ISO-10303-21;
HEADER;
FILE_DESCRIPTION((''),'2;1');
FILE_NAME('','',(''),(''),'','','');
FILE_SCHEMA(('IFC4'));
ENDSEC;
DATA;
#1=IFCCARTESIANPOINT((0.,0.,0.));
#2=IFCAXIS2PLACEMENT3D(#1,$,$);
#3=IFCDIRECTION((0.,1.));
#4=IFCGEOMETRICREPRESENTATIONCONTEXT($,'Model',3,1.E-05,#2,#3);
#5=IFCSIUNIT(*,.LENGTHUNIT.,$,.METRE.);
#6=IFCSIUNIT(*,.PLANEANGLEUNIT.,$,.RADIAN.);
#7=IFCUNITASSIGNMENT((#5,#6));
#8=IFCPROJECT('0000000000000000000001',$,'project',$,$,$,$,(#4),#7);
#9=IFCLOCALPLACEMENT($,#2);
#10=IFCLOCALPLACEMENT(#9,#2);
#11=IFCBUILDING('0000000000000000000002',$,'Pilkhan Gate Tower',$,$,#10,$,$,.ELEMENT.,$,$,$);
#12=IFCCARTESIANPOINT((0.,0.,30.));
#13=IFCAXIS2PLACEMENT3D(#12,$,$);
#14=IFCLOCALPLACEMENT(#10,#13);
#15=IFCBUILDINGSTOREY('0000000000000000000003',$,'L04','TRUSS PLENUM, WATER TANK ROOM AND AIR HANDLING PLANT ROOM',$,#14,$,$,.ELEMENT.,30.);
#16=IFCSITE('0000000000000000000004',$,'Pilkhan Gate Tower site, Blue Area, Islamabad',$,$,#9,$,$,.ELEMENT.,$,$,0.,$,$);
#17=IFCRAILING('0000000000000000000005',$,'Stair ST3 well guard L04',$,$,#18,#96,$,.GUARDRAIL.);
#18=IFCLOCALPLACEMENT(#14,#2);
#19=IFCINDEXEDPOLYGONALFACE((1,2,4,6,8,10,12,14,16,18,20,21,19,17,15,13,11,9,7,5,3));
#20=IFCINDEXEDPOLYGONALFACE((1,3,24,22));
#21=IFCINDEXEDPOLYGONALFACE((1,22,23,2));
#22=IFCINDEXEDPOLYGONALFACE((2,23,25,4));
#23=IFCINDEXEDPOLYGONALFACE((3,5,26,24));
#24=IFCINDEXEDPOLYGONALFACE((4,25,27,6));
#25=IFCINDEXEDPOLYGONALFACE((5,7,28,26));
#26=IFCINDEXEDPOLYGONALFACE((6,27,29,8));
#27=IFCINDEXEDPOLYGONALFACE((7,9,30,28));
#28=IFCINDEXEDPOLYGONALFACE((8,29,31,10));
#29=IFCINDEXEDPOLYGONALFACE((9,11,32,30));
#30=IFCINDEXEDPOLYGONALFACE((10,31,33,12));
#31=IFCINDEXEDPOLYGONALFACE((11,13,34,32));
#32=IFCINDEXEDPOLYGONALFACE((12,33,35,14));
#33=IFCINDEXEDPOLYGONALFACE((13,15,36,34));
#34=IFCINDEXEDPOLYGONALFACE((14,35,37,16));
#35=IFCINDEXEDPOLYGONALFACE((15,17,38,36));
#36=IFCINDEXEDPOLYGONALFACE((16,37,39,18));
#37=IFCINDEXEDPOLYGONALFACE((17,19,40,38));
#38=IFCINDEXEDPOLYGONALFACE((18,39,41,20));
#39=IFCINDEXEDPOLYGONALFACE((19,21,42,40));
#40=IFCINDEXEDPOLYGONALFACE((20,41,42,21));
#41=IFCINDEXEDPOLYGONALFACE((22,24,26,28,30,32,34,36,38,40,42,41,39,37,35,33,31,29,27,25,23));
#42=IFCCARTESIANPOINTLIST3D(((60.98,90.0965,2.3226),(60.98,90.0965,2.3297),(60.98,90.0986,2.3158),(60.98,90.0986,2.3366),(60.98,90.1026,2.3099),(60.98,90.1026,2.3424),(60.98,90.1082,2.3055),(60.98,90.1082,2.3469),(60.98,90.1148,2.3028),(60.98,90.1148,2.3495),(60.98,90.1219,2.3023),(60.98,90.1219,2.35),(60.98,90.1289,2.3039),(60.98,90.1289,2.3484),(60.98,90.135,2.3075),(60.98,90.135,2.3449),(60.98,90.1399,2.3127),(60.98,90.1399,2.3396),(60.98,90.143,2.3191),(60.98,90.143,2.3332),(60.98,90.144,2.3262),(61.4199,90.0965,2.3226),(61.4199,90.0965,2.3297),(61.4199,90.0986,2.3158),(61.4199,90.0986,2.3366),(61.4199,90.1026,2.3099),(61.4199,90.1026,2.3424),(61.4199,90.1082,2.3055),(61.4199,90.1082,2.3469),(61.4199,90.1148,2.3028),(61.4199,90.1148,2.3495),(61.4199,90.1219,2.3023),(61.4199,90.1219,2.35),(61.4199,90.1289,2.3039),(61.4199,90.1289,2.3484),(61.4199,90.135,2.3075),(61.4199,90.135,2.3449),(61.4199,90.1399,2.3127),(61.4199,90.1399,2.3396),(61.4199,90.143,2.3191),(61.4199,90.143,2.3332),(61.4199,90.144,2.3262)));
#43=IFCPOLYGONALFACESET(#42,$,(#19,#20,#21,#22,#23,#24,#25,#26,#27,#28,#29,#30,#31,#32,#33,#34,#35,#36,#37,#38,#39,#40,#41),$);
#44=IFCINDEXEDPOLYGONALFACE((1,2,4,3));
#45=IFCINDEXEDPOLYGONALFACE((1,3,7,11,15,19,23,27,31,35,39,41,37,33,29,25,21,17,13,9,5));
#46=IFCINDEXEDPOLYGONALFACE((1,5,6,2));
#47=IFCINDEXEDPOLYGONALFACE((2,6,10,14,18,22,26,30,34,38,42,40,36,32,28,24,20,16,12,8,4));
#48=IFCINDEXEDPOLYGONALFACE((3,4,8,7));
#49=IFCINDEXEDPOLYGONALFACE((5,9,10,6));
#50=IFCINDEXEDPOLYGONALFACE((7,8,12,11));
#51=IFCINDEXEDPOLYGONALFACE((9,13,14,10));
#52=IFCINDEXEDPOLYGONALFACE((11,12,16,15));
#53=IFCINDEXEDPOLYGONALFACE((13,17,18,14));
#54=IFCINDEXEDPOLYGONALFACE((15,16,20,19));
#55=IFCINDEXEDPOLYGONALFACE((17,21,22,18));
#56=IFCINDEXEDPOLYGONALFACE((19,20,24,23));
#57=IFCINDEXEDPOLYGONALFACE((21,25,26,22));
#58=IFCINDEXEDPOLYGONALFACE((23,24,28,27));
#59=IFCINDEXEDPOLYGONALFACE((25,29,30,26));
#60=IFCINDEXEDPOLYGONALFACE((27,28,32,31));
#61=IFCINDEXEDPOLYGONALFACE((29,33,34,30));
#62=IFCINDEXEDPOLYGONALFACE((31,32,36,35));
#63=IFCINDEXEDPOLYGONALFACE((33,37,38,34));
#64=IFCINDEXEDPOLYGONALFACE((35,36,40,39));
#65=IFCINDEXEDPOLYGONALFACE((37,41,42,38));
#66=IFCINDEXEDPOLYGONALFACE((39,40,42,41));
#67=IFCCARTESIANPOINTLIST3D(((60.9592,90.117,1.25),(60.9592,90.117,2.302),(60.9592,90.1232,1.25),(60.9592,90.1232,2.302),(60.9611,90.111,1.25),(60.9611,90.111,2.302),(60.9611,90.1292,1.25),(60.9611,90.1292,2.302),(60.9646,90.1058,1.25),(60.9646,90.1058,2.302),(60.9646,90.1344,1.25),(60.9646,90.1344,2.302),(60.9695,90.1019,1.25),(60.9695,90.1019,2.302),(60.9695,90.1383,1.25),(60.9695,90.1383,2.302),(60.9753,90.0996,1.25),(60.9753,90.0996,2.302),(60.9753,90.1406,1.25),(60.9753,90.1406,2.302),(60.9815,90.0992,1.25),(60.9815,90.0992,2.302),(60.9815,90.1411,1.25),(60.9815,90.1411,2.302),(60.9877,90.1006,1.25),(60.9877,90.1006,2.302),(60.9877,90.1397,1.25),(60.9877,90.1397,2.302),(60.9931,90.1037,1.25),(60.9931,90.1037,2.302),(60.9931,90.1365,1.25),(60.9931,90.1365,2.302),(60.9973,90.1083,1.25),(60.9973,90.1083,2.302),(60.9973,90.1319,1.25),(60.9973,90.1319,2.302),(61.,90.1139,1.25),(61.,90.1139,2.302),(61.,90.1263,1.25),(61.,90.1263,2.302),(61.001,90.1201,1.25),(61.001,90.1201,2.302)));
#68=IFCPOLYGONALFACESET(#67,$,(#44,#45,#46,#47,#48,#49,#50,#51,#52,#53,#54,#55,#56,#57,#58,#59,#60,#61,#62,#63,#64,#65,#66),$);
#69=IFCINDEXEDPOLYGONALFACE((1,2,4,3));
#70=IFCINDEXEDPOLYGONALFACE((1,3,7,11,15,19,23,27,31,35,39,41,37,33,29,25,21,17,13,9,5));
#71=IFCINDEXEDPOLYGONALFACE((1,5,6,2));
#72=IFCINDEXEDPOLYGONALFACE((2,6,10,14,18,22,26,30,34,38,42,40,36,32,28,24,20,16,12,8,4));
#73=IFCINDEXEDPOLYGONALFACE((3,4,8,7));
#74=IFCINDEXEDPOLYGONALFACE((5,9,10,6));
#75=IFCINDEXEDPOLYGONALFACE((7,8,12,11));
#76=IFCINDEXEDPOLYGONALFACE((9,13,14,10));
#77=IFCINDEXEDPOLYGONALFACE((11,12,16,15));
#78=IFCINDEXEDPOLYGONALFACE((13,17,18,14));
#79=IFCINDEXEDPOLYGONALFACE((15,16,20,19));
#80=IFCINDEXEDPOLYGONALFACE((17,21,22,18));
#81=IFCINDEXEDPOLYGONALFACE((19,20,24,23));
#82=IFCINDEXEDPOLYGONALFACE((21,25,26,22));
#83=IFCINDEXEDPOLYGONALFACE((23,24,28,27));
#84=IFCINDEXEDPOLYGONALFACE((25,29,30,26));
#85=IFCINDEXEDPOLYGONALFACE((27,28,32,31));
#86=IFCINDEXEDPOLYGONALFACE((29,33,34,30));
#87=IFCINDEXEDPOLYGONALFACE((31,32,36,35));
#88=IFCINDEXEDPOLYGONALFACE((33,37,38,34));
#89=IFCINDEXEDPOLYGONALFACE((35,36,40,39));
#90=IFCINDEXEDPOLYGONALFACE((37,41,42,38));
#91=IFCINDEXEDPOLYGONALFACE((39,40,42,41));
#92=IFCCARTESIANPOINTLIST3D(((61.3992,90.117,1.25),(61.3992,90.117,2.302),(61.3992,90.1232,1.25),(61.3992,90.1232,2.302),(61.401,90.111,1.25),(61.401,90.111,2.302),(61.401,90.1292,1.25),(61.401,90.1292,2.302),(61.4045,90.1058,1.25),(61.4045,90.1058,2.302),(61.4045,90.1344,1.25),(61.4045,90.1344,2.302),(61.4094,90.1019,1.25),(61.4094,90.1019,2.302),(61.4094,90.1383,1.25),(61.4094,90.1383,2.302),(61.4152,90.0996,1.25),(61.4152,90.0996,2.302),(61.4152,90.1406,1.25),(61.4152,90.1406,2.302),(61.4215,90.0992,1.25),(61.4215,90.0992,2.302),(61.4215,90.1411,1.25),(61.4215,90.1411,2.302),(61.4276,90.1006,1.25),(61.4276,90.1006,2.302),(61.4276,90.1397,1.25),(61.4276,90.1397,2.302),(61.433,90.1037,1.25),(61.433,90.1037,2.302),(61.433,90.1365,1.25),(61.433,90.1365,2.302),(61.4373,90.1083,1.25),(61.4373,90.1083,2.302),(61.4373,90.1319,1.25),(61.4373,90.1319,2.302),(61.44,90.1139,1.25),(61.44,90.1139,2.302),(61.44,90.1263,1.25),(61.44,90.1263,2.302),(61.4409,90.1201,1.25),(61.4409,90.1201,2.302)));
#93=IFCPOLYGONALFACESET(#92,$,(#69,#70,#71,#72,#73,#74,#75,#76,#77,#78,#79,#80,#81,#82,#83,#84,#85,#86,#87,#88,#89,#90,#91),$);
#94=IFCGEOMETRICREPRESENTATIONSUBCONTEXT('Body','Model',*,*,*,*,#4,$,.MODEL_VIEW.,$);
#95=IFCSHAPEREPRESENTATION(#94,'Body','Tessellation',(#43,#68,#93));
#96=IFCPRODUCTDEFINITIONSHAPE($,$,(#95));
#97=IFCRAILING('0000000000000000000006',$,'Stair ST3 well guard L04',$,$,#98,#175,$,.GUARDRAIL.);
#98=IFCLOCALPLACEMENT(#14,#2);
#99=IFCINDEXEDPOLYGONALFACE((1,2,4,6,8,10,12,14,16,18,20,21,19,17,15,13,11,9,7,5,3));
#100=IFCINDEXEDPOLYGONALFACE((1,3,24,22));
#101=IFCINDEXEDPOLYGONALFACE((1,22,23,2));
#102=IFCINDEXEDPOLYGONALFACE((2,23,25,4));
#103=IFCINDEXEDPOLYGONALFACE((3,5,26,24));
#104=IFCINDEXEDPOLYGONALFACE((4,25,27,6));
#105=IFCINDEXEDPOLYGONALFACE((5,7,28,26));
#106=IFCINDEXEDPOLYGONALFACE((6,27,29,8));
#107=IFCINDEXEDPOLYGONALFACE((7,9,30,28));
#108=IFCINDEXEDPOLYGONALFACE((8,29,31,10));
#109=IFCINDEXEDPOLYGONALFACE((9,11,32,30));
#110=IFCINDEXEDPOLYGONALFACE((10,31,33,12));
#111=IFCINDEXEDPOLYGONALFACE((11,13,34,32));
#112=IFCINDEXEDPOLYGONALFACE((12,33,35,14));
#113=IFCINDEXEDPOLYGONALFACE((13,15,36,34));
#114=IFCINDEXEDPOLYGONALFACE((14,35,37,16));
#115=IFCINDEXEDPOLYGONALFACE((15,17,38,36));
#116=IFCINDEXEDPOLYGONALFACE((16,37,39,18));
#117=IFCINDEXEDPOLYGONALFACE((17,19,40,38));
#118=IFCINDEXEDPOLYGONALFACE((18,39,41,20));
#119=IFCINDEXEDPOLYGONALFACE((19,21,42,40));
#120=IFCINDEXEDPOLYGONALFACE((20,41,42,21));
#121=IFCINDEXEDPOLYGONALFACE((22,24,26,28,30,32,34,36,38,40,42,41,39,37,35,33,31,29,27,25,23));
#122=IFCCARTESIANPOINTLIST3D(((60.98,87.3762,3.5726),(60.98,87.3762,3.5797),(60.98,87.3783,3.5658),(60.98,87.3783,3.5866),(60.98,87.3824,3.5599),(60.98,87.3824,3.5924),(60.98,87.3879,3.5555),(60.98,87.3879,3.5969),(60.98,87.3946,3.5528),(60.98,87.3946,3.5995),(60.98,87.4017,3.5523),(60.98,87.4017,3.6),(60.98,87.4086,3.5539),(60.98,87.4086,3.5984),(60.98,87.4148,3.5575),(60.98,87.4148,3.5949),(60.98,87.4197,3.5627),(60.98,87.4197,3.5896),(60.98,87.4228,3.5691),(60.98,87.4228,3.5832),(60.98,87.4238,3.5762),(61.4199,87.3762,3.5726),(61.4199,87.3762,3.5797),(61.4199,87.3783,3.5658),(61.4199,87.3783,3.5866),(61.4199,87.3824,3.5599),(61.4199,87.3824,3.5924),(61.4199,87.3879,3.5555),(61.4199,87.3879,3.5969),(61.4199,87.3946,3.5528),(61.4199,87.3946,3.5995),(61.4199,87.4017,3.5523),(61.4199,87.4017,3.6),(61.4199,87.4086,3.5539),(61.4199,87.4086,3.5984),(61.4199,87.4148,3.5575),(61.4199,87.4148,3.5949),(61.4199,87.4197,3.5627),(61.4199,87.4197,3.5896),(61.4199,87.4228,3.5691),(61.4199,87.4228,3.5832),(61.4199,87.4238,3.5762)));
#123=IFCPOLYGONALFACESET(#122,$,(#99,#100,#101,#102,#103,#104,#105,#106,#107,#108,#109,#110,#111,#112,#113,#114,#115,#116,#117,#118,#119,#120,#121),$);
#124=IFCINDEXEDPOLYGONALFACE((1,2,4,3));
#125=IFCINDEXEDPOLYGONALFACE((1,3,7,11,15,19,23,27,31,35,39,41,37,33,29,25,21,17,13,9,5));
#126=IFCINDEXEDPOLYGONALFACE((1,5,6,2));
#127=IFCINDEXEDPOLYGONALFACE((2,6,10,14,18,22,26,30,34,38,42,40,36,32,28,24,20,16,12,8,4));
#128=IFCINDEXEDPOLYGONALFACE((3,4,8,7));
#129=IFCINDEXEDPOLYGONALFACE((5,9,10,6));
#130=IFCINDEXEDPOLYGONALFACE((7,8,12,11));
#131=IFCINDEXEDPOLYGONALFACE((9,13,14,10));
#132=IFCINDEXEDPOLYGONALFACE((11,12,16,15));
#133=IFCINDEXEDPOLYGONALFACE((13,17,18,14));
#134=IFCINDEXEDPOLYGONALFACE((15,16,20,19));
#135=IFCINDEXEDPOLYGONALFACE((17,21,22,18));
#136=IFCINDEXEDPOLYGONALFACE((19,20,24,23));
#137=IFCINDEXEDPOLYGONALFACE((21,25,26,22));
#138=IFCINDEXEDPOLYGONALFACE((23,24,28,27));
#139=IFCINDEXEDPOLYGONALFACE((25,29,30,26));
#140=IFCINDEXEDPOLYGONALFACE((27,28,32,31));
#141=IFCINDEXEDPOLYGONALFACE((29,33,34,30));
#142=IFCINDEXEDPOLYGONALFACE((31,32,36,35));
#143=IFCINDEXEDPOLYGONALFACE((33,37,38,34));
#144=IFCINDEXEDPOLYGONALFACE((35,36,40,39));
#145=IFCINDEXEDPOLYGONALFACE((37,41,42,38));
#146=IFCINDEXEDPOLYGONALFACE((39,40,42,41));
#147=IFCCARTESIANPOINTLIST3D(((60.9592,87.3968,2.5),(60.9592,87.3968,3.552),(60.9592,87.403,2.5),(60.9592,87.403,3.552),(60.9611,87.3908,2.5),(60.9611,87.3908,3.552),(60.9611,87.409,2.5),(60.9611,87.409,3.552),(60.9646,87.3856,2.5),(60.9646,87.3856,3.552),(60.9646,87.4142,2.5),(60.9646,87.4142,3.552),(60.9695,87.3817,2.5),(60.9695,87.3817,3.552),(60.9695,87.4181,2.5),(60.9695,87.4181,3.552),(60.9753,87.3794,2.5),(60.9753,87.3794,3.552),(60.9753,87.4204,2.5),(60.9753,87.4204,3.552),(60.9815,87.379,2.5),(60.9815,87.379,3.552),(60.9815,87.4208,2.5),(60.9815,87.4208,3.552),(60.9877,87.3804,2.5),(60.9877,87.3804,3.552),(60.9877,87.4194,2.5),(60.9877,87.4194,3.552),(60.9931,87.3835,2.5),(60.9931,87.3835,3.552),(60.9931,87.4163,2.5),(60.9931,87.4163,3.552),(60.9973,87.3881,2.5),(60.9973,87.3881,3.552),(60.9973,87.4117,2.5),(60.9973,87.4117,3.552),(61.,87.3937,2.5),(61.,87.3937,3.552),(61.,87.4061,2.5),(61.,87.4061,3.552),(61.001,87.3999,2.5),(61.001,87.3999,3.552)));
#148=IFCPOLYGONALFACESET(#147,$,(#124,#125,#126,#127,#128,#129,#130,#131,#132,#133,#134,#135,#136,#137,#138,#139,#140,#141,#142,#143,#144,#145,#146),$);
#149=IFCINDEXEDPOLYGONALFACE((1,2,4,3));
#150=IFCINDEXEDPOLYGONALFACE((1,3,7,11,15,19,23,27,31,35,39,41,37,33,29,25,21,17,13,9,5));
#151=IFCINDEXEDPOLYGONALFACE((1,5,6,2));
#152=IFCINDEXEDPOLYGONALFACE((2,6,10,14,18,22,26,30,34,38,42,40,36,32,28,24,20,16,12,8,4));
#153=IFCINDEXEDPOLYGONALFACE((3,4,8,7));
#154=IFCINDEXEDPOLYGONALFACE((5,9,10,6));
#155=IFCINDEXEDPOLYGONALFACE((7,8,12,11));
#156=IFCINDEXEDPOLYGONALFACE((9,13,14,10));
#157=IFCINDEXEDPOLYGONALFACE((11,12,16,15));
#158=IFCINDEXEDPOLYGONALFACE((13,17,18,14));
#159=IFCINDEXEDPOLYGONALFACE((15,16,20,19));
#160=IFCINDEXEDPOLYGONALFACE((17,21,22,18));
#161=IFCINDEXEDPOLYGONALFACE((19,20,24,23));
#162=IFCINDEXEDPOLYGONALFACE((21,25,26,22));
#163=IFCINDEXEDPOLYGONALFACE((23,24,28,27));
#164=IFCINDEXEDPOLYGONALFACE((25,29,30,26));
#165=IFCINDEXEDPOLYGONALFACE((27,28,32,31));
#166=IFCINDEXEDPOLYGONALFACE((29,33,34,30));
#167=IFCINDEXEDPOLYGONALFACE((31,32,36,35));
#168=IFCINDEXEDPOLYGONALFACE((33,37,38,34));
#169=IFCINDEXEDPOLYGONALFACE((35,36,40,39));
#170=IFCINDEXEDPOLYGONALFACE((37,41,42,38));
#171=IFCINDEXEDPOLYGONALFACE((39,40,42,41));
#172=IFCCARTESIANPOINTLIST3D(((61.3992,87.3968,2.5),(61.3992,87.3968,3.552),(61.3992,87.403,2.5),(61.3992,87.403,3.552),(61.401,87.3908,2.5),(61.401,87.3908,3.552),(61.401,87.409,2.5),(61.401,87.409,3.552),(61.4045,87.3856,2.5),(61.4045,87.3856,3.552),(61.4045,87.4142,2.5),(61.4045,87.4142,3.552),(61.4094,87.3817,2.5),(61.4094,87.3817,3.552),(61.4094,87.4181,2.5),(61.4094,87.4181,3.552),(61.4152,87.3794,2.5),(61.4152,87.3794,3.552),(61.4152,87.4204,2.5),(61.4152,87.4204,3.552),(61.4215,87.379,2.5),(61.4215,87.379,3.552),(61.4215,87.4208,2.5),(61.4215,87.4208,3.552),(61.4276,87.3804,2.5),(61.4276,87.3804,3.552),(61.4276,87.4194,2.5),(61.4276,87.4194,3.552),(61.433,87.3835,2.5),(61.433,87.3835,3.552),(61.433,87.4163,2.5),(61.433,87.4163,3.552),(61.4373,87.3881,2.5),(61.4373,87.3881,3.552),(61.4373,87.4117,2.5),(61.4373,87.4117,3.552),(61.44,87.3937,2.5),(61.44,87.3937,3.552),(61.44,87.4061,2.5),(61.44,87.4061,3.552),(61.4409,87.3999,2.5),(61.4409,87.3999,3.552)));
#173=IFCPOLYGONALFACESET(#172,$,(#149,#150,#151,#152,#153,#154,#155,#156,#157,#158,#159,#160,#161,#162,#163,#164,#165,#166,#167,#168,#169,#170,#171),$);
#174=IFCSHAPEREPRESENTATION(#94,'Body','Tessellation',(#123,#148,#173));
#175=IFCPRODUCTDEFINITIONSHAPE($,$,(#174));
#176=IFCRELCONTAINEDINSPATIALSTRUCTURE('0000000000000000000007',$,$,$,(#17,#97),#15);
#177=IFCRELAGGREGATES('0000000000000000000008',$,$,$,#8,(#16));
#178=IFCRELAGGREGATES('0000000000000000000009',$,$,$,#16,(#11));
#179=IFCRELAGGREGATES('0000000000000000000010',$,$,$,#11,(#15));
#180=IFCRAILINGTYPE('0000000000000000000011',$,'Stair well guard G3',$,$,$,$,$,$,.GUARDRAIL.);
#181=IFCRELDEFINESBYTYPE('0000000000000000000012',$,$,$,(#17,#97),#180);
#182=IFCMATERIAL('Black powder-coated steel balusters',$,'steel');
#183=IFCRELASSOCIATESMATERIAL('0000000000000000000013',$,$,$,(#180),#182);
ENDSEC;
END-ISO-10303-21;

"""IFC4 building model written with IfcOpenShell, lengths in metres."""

from ifc_helpers import new_model, si_unit, direction, frame, origin, origin_2d, place, context, subcontext, project, spatial, circle, extrude, material, type_object, element, save


model = new_model("IFC4")

# Units and contexts
model_context = context("Model", 3, precision=1e-05, world=origin(), true_north=direction((0.0, 1.0)))
body_context = subcontext(model_context, "Body", "Model", "MODEL_VIEW")
ifc_project = project(units=[si_unit("LENGTHUNIT", "METRE"), si_unit("PLANEANGLEUNIT", "RADIAN")], contexts=[model_context])

# Site, building, storey
site_placement = place(None, origin())
site = spatial("IfcSite", under=ifc_project, at=site_placement, Name="Pilkhan Gate Tower site, Blue Area, Islamabad", CompositionType="ELEMENT", RefElevation=0.0)
building_placement = place(site_placement, origin())
building = spatial("IfcBuilding", under=site, at=building_placement, Name="Pilkhan Gate Tower", CompositionType="ELEMENT")
storey_placement = place(building_placement, frame((0.0, 0.0, 30.0)))
storey = spatial("IfcBuildingStorey", under=building, at=storey_placement, Name="L04", Description="TRUSS PLENUM, WATER TANK ROOM AND AIR HANDLING PLANT ROOM", CompositionType="ELEMENT", Elevation=30.0)

# Railings
ifc_material_1 = material(Name="Black powder-coated steel balusters", Category="steel")
railing_type_1 = type_object("IfcRailingType", Name="Stair well guard G3", PredefinedType="GUARDRAIL", material=ifc_material_1)
for number, where, name in (
    (1, (60.98, 90.1201, 1.25), "Stair ST3 well guard L04"),
    (2, (60.98, 87.3999, 2.5), "Stair ST3 well guard L04"),
):
    element("IfcRailing", number, at=place(storey_placement, frame(where)), inside=storey, type_object=railing_type_1, Name=name, PredefinedType="GUARDRAIL", context=body_context, shape_type="SweptSolid", body=[
        extrude(circle(Radius=0.0239, at=origin_2d()), frame((0.0, 0.0, 1.0762), z_axis=(1.0, 0.0, 0.0), x_axis=(0.0, 1.0, 0.0)), (0.0, 0.0, 1.0), 0.4399),
        extrude(circle(Radius=0.021, at=origin_2d()), origin(), (0.0, 0.0, 1.0), 1.052),
        extrude(circle(Radius=0.021, at=origin_2d()), frame((0.4399, 0.0, 0.0)), (0.0, 0.0, 1.0), 1.052),
    ])

save(model, "model.ifc")
